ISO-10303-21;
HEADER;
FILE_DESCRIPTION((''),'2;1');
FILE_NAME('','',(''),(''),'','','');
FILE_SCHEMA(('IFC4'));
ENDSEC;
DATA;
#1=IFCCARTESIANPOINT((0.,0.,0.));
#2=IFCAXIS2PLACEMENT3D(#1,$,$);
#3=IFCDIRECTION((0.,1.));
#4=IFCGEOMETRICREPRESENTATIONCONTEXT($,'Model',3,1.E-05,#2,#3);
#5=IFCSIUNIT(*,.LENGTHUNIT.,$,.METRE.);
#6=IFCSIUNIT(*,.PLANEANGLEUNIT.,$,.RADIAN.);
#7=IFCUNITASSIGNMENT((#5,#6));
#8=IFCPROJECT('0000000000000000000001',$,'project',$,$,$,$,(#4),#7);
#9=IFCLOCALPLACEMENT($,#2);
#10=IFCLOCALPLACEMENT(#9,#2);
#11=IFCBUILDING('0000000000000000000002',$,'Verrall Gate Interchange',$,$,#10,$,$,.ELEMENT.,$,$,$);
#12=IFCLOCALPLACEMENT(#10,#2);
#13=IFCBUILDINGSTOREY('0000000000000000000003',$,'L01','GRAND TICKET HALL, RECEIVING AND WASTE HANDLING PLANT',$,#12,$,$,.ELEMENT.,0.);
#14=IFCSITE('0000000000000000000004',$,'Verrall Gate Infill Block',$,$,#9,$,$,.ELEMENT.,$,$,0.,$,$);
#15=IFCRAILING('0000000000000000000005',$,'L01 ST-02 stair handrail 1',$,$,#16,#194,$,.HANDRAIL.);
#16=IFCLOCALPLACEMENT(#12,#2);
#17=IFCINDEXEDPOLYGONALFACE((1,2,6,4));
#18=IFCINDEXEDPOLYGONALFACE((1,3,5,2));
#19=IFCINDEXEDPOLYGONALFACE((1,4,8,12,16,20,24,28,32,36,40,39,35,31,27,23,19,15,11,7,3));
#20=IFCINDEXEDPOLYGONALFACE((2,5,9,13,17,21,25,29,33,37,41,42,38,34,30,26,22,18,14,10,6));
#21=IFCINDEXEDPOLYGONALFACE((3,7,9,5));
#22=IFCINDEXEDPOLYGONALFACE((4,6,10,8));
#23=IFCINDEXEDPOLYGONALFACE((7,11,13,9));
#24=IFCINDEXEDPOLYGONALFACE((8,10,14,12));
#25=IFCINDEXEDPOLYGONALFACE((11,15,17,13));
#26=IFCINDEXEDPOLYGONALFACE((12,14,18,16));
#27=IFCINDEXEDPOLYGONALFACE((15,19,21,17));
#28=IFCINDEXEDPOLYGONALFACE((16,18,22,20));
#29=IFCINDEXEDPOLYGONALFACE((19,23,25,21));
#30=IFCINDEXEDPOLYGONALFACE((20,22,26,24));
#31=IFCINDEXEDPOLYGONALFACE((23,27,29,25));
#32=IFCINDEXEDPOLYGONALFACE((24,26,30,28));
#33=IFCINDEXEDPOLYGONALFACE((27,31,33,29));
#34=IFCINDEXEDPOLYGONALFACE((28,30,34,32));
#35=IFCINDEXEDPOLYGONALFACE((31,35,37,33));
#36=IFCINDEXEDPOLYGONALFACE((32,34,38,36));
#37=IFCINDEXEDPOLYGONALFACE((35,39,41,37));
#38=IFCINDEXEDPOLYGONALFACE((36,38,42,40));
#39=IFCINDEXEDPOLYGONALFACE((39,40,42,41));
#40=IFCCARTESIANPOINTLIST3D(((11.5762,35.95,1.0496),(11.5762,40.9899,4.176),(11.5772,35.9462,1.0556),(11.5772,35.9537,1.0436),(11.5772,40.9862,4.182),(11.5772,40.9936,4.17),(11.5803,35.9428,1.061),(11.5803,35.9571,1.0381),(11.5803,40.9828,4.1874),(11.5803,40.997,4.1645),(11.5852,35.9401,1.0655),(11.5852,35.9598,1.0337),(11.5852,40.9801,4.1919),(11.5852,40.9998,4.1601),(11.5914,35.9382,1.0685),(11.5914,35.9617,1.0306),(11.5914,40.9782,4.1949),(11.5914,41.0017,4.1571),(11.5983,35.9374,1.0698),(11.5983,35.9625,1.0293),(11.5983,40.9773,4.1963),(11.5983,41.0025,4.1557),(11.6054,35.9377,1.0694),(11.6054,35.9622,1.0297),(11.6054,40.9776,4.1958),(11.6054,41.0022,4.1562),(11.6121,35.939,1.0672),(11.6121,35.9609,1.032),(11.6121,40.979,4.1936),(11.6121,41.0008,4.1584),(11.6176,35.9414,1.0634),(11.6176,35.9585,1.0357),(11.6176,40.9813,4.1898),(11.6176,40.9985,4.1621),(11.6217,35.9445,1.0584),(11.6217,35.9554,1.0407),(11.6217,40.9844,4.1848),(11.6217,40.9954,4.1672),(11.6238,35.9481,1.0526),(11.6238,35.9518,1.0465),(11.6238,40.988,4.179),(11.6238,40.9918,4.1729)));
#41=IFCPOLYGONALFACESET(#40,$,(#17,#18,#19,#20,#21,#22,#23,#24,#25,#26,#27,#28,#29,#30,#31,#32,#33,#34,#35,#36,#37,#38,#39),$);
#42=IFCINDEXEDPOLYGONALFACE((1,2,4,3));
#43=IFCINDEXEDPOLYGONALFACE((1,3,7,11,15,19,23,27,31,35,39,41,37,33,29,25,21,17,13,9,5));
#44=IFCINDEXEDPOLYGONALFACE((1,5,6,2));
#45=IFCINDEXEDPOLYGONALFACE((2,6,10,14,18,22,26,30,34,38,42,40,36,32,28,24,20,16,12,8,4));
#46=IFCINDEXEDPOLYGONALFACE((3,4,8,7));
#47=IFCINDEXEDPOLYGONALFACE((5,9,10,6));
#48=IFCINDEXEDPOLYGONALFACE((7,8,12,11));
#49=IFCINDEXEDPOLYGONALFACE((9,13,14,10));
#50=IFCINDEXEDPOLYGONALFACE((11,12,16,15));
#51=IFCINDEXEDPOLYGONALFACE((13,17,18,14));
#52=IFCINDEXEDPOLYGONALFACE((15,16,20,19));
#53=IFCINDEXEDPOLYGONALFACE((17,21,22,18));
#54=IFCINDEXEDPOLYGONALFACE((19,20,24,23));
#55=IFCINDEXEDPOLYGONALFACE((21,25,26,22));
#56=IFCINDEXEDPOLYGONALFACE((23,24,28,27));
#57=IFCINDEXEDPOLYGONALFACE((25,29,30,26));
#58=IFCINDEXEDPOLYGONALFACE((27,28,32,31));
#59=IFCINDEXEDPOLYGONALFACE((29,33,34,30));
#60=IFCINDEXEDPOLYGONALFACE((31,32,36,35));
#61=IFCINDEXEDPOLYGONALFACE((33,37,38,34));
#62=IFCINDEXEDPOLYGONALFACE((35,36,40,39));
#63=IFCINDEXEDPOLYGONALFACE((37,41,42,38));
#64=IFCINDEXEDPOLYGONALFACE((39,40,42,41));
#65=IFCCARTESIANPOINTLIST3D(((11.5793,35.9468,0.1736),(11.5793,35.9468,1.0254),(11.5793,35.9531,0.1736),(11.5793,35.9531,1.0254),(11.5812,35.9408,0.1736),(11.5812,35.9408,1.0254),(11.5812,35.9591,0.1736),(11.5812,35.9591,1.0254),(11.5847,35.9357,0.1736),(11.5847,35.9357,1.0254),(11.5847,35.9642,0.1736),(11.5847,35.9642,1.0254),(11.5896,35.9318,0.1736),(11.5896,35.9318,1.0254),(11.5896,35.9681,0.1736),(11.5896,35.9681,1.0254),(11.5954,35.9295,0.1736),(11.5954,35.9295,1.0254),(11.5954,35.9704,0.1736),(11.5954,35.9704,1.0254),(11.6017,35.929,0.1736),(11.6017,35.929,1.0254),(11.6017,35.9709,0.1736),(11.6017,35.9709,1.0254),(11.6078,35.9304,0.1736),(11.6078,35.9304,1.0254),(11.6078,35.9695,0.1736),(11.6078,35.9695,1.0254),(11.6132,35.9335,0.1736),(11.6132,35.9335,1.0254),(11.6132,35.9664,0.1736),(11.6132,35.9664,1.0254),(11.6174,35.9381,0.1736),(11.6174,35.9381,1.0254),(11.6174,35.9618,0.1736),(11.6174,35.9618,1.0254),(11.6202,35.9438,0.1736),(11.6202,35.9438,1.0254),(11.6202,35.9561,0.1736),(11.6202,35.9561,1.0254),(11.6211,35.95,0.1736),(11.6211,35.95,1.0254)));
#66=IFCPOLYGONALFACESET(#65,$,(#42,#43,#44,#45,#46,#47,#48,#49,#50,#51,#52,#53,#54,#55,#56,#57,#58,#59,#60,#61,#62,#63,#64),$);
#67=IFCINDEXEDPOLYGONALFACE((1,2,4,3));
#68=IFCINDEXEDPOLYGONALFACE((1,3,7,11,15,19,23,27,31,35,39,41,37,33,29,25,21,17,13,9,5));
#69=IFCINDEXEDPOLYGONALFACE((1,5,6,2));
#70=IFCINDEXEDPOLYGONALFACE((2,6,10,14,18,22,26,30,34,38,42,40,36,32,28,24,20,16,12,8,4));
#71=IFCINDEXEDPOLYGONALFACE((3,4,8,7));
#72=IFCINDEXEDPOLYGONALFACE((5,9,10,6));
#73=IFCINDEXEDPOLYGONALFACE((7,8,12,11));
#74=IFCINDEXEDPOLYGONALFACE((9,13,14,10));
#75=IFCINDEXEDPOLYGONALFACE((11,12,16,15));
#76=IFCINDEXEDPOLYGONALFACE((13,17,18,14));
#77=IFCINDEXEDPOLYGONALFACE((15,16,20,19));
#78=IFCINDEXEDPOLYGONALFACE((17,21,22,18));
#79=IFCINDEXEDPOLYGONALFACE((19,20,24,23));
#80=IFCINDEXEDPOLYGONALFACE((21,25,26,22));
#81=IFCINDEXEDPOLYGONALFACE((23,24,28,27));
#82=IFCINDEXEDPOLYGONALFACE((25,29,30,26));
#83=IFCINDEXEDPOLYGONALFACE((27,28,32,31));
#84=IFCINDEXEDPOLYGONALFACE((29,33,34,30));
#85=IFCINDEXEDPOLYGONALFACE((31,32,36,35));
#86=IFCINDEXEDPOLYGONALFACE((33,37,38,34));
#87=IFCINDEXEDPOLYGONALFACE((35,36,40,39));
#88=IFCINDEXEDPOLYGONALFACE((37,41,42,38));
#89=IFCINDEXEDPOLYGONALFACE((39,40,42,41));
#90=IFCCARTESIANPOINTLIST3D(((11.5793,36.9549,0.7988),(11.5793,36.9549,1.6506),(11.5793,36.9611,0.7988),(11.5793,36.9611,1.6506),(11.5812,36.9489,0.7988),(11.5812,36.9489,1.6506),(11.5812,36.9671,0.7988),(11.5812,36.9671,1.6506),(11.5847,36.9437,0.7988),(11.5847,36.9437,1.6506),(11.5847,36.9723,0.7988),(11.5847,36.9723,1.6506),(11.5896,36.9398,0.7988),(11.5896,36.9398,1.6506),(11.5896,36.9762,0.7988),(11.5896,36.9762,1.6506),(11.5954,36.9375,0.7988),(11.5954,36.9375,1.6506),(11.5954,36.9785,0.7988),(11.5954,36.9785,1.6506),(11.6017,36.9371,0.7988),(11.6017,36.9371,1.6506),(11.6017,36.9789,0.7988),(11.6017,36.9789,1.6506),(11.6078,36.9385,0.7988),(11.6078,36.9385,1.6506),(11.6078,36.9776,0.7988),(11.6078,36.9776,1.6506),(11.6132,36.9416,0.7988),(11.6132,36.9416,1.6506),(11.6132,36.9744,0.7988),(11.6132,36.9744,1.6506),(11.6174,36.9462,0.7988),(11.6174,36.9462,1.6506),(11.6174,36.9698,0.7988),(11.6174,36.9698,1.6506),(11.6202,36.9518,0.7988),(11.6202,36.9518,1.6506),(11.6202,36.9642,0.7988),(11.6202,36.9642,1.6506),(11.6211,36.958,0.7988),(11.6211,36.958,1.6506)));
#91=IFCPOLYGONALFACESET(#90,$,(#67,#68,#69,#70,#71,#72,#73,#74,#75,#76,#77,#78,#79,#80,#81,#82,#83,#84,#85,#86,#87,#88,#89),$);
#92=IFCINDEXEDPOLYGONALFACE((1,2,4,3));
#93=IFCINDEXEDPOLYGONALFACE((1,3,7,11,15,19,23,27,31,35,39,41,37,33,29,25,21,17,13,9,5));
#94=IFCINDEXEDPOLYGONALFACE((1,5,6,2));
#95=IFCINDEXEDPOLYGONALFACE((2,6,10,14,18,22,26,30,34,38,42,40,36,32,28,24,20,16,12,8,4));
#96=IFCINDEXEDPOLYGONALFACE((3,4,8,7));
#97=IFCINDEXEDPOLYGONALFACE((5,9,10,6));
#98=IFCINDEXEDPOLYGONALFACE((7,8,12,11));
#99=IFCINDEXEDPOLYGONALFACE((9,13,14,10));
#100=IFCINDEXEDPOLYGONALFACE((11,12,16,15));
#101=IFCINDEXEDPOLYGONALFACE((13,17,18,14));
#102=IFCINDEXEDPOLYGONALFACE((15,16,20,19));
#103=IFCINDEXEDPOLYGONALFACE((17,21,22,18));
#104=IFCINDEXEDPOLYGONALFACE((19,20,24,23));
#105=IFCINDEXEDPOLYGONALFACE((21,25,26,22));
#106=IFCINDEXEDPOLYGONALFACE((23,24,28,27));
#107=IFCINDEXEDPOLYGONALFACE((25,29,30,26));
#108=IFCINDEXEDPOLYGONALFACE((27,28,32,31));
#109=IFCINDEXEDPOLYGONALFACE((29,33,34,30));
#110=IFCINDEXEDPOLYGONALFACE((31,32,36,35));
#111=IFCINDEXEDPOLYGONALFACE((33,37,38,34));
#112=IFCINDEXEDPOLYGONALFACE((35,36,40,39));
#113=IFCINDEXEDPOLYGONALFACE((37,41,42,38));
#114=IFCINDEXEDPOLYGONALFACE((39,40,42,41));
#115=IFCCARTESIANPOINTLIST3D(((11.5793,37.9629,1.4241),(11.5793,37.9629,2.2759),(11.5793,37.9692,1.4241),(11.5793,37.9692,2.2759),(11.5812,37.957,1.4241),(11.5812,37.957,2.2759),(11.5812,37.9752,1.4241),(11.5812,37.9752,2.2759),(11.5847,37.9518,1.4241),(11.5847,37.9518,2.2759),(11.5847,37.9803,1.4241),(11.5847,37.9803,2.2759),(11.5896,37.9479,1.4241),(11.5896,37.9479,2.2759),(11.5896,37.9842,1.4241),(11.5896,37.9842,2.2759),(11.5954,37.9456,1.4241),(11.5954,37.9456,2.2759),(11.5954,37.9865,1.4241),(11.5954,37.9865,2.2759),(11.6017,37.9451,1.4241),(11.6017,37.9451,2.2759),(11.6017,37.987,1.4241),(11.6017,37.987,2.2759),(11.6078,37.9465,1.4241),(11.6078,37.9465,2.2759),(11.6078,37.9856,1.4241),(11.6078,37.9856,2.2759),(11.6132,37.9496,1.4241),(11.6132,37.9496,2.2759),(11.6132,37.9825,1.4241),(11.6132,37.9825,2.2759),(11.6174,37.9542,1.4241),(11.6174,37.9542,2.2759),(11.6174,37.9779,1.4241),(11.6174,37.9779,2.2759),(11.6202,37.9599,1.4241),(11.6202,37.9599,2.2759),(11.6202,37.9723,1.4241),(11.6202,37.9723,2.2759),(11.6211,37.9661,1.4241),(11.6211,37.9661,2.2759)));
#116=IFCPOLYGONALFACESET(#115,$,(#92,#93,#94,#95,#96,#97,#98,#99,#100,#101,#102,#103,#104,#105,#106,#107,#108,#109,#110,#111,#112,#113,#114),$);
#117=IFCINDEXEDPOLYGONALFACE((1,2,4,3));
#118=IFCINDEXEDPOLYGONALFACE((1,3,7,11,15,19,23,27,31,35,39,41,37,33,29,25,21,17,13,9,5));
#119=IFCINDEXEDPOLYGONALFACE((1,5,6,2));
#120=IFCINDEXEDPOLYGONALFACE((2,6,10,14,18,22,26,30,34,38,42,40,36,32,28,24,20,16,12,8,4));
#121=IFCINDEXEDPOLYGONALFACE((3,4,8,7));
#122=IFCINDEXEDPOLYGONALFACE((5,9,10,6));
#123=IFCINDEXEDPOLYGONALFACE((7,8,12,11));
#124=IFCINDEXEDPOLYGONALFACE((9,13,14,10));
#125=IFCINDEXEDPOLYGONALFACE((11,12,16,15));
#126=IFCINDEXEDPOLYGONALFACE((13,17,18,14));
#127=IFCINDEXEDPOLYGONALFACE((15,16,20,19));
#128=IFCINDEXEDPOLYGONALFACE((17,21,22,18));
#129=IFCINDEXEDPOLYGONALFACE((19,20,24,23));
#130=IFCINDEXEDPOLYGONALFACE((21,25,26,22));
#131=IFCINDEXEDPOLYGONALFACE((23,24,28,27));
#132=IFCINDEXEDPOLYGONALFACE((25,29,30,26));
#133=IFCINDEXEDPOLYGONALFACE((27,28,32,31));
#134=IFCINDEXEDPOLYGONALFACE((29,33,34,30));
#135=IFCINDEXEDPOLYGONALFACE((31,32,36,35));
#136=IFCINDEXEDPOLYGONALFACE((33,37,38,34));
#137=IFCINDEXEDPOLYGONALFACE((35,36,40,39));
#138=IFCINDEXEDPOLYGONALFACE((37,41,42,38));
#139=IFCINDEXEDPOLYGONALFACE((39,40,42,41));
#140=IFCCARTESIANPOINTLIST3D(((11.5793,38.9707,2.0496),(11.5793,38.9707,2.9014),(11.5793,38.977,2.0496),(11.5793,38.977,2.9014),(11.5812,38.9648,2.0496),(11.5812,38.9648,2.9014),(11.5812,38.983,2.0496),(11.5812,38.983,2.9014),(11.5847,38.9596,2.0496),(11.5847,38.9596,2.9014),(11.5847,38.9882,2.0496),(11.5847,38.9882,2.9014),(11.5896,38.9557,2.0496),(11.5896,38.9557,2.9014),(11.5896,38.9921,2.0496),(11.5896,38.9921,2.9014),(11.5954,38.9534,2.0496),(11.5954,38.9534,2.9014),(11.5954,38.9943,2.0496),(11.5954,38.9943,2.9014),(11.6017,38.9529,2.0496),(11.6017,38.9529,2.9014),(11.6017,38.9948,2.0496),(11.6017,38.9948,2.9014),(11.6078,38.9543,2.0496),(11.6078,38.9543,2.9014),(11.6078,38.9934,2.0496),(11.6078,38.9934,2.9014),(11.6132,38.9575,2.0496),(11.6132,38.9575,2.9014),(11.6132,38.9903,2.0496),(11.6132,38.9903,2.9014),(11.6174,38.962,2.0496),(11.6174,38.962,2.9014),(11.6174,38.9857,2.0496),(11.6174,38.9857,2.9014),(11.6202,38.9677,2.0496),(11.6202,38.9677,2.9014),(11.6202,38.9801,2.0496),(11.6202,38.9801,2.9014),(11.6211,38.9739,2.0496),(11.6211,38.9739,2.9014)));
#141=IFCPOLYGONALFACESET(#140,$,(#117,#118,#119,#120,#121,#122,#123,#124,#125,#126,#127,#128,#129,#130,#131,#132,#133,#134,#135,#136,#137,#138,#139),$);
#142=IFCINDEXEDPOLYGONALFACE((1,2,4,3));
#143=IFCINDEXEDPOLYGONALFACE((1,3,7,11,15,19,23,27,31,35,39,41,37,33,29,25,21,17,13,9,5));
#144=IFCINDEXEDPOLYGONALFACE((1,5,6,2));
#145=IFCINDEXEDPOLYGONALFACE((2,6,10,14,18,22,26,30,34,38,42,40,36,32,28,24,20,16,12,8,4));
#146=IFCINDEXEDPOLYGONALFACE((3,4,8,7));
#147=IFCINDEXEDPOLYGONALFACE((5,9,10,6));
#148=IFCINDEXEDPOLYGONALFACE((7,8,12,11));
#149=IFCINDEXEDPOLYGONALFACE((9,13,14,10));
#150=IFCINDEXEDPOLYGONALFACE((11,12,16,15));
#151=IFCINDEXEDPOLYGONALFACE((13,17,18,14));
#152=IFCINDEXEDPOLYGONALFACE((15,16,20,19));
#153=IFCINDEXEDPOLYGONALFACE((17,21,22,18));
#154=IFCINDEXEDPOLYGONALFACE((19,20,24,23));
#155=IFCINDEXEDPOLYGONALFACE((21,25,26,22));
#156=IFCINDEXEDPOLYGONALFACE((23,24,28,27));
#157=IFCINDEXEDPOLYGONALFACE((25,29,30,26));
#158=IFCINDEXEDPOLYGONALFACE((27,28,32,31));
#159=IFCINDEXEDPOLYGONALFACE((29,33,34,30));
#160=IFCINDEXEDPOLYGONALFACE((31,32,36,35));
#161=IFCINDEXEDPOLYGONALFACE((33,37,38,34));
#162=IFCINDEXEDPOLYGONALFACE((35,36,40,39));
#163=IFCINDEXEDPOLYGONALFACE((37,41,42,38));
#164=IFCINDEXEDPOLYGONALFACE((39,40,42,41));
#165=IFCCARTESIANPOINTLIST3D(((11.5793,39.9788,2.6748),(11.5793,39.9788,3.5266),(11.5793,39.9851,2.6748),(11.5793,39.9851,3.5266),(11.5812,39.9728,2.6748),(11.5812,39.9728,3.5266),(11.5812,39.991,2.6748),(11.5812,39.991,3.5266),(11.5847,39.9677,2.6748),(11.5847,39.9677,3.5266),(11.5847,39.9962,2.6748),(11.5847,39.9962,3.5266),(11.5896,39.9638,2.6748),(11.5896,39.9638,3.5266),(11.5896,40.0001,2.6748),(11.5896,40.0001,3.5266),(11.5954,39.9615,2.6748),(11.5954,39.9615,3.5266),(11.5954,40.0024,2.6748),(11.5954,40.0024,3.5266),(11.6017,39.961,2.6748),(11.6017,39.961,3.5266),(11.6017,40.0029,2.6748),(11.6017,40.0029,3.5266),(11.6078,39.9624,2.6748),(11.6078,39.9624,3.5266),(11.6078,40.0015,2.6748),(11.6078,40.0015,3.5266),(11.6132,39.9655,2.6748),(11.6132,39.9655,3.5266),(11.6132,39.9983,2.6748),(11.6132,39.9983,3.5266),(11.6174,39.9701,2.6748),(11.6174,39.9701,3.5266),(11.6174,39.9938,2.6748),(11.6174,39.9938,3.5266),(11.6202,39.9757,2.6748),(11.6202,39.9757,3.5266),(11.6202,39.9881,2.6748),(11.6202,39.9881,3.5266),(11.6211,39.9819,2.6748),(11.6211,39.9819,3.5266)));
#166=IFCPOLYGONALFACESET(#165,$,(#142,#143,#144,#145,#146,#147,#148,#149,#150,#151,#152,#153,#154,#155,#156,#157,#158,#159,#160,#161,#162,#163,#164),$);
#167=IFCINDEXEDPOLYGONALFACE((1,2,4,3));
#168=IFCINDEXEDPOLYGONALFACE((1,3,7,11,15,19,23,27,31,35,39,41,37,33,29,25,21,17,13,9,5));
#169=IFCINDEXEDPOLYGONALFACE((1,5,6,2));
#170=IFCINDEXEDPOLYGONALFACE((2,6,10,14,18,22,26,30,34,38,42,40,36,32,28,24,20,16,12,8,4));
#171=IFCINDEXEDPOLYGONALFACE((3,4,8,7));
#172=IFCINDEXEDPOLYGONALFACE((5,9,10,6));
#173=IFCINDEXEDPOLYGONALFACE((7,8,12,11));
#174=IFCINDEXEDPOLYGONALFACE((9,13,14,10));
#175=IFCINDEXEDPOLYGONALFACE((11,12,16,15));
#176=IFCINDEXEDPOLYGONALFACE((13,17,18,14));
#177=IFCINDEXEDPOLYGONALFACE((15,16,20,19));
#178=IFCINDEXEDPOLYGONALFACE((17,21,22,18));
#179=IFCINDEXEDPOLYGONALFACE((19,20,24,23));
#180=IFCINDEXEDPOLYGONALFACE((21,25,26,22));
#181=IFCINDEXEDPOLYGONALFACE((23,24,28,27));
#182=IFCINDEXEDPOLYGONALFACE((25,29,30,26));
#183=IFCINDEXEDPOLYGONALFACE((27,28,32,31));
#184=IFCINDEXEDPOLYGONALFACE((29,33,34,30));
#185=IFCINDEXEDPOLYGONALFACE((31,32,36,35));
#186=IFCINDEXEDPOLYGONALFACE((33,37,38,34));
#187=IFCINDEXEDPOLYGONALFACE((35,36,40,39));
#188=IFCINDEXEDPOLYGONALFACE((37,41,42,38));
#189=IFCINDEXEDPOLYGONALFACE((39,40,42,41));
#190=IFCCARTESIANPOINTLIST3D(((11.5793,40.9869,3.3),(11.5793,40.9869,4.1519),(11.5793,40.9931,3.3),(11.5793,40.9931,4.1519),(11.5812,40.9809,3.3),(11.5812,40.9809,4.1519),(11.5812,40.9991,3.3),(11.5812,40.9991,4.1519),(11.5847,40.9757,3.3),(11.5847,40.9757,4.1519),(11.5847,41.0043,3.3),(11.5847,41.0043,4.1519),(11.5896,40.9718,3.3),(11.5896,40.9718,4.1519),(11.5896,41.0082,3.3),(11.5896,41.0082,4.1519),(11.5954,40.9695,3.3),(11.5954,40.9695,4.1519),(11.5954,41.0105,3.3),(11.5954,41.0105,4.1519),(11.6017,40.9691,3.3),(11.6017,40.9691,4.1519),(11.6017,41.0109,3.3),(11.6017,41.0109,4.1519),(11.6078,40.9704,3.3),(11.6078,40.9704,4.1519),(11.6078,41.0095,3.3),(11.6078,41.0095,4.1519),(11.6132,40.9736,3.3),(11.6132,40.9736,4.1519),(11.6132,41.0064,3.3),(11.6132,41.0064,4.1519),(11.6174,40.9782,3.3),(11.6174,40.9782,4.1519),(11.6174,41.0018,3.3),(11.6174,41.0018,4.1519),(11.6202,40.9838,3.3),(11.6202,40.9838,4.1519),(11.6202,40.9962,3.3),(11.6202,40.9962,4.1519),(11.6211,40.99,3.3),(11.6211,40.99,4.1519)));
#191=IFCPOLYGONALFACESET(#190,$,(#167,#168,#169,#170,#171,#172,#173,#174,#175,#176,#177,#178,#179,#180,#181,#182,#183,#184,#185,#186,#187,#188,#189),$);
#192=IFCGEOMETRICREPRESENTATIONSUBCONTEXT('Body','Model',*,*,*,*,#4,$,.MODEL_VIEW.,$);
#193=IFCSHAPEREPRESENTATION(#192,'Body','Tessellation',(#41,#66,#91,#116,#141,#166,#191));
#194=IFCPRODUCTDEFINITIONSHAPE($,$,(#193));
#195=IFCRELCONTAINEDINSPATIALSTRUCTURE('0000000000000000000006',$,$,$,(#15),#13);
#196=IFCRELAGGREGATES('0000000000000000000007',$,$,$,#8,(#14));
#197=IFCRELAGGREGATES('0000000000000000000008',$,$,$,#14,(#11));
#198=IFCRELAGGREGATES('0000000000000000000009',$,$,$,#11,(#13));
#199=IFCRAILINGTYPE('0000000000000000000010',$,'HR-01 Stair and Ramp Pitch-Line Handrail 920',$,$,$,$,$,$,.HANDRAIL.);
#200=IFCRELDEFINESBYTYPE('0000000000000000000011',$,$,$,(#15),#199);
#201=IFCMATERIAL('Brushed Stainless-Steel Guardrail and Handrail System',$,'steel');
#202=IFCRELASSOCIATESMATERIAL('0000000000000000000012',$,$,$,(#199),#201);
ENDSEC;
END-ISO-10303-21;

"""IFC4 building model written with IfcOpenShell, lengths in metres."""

from ifc_helpers import new_model, si_unit, direction, frame, origin, origin_2d, place, context, subcontext, project, spatial, circle, extrude, material, type_object, element, save


model = new_model("IFC4")

# Units and contexts
model_context = context("Model", 3, precision=1e-05, world=origin(), true_north=direction((0.0, 1.0)))
body_context = subcontext(model_context, "Body", "Model", "MODEL_VIEW")
ifc_project = project(units=[si_unit("LENGTHUNIT", "METRE"), si_unit("PLANEANGLEUNIT", "RADIAN")], contexts=[model_context])

# Site, building, storey
site_placement = place(None, origin())
site = spatial("IfcSite", under=ifc_project, at=site_placement, Name="Verrall Gate Infill Block", CompositionType="ELEMENT", RefElevation=0.0)
building_placement = place(site_placement, origin())
building = spatial("IfcBuilding", under=site, at=building_placement, Name="Verrall Gate Interchange", CompositionType="ELEMENT")
storey_placement = place(building_placement, origin())
storey = spatial("IfcBuildingStorey", under=building, at=storey_placement, Name="L01", Description="GRAND TICKET HALL, RECEIVING AND WASTE HANDLING PLANT", CompositionType="ELEMENT", Elevation=0.0)

# Railing
ifc_material_1 = material(Name="Brushed Stainless-Steel Guardrail and Handrail System", Category="steel")
railing_type_1 = type_object("IfcRailingType", Name="HR-01 Stair and Ramp Pitch-Line Handrail 920", PredefinedType="HANDRAIL", material=ifc_material_1)
railing_1_placement = place(storey_placement, frame((11.6001, 35.95, 0.1736)))
element("IfcRailing", 1, at=railing_1_placement, inside=storey, type_object=railing_type_1, Name="L01 ST-02 stair handrail 1", PredefinedType="HANDRAIL", context=body_context, shape_type="SweptSolid", body=[
    extrude(circle(Radius=0.0239, at=origin_2d()), frame((0.0, 0.0, 0.876), z_axis=(0.0, 0.849779, 0.527139), x_axis=(-1.0, 0.0, 0.0)), (0.0, 0.0, 1.0), 5.9309),
    extrude(circle(Radius=0.021, at=origin_2d()), origin(), (0.0, 0.0, 1.0), 0.8518),
    extrude(circle(Radius=0.021, at=origin_2d()), frame((0.0, 1.0081, 0.6252)), (0.0, 0.0, 1.0), 0.8518),
    extrude(circle(Radius=0.021, at=origin_2d()), frame((0.0, 2.0161, 1.2505)), (0.0, 0.0, 1.0), 0.8518),
    extrude(circle(Radius=0.021, at=origin_2d()), frame((0.0, 3.0239, 1.876)), (0.0, 0.0, 1.0), 0.8518),
    extrude(circle(Radius=0.021, at=origin_2d()), frame((0.0, 4.032, 2.5012)), (0.0, 0.0, 1.0), 0.8518),
    extrude(circle(Radius=0.021, at=origin_2d()), frame((0.0, 5.04, 3.1265)), (0.0, 0.0, 1.0), 0.8518),
])

save(model, "model.ifc")
